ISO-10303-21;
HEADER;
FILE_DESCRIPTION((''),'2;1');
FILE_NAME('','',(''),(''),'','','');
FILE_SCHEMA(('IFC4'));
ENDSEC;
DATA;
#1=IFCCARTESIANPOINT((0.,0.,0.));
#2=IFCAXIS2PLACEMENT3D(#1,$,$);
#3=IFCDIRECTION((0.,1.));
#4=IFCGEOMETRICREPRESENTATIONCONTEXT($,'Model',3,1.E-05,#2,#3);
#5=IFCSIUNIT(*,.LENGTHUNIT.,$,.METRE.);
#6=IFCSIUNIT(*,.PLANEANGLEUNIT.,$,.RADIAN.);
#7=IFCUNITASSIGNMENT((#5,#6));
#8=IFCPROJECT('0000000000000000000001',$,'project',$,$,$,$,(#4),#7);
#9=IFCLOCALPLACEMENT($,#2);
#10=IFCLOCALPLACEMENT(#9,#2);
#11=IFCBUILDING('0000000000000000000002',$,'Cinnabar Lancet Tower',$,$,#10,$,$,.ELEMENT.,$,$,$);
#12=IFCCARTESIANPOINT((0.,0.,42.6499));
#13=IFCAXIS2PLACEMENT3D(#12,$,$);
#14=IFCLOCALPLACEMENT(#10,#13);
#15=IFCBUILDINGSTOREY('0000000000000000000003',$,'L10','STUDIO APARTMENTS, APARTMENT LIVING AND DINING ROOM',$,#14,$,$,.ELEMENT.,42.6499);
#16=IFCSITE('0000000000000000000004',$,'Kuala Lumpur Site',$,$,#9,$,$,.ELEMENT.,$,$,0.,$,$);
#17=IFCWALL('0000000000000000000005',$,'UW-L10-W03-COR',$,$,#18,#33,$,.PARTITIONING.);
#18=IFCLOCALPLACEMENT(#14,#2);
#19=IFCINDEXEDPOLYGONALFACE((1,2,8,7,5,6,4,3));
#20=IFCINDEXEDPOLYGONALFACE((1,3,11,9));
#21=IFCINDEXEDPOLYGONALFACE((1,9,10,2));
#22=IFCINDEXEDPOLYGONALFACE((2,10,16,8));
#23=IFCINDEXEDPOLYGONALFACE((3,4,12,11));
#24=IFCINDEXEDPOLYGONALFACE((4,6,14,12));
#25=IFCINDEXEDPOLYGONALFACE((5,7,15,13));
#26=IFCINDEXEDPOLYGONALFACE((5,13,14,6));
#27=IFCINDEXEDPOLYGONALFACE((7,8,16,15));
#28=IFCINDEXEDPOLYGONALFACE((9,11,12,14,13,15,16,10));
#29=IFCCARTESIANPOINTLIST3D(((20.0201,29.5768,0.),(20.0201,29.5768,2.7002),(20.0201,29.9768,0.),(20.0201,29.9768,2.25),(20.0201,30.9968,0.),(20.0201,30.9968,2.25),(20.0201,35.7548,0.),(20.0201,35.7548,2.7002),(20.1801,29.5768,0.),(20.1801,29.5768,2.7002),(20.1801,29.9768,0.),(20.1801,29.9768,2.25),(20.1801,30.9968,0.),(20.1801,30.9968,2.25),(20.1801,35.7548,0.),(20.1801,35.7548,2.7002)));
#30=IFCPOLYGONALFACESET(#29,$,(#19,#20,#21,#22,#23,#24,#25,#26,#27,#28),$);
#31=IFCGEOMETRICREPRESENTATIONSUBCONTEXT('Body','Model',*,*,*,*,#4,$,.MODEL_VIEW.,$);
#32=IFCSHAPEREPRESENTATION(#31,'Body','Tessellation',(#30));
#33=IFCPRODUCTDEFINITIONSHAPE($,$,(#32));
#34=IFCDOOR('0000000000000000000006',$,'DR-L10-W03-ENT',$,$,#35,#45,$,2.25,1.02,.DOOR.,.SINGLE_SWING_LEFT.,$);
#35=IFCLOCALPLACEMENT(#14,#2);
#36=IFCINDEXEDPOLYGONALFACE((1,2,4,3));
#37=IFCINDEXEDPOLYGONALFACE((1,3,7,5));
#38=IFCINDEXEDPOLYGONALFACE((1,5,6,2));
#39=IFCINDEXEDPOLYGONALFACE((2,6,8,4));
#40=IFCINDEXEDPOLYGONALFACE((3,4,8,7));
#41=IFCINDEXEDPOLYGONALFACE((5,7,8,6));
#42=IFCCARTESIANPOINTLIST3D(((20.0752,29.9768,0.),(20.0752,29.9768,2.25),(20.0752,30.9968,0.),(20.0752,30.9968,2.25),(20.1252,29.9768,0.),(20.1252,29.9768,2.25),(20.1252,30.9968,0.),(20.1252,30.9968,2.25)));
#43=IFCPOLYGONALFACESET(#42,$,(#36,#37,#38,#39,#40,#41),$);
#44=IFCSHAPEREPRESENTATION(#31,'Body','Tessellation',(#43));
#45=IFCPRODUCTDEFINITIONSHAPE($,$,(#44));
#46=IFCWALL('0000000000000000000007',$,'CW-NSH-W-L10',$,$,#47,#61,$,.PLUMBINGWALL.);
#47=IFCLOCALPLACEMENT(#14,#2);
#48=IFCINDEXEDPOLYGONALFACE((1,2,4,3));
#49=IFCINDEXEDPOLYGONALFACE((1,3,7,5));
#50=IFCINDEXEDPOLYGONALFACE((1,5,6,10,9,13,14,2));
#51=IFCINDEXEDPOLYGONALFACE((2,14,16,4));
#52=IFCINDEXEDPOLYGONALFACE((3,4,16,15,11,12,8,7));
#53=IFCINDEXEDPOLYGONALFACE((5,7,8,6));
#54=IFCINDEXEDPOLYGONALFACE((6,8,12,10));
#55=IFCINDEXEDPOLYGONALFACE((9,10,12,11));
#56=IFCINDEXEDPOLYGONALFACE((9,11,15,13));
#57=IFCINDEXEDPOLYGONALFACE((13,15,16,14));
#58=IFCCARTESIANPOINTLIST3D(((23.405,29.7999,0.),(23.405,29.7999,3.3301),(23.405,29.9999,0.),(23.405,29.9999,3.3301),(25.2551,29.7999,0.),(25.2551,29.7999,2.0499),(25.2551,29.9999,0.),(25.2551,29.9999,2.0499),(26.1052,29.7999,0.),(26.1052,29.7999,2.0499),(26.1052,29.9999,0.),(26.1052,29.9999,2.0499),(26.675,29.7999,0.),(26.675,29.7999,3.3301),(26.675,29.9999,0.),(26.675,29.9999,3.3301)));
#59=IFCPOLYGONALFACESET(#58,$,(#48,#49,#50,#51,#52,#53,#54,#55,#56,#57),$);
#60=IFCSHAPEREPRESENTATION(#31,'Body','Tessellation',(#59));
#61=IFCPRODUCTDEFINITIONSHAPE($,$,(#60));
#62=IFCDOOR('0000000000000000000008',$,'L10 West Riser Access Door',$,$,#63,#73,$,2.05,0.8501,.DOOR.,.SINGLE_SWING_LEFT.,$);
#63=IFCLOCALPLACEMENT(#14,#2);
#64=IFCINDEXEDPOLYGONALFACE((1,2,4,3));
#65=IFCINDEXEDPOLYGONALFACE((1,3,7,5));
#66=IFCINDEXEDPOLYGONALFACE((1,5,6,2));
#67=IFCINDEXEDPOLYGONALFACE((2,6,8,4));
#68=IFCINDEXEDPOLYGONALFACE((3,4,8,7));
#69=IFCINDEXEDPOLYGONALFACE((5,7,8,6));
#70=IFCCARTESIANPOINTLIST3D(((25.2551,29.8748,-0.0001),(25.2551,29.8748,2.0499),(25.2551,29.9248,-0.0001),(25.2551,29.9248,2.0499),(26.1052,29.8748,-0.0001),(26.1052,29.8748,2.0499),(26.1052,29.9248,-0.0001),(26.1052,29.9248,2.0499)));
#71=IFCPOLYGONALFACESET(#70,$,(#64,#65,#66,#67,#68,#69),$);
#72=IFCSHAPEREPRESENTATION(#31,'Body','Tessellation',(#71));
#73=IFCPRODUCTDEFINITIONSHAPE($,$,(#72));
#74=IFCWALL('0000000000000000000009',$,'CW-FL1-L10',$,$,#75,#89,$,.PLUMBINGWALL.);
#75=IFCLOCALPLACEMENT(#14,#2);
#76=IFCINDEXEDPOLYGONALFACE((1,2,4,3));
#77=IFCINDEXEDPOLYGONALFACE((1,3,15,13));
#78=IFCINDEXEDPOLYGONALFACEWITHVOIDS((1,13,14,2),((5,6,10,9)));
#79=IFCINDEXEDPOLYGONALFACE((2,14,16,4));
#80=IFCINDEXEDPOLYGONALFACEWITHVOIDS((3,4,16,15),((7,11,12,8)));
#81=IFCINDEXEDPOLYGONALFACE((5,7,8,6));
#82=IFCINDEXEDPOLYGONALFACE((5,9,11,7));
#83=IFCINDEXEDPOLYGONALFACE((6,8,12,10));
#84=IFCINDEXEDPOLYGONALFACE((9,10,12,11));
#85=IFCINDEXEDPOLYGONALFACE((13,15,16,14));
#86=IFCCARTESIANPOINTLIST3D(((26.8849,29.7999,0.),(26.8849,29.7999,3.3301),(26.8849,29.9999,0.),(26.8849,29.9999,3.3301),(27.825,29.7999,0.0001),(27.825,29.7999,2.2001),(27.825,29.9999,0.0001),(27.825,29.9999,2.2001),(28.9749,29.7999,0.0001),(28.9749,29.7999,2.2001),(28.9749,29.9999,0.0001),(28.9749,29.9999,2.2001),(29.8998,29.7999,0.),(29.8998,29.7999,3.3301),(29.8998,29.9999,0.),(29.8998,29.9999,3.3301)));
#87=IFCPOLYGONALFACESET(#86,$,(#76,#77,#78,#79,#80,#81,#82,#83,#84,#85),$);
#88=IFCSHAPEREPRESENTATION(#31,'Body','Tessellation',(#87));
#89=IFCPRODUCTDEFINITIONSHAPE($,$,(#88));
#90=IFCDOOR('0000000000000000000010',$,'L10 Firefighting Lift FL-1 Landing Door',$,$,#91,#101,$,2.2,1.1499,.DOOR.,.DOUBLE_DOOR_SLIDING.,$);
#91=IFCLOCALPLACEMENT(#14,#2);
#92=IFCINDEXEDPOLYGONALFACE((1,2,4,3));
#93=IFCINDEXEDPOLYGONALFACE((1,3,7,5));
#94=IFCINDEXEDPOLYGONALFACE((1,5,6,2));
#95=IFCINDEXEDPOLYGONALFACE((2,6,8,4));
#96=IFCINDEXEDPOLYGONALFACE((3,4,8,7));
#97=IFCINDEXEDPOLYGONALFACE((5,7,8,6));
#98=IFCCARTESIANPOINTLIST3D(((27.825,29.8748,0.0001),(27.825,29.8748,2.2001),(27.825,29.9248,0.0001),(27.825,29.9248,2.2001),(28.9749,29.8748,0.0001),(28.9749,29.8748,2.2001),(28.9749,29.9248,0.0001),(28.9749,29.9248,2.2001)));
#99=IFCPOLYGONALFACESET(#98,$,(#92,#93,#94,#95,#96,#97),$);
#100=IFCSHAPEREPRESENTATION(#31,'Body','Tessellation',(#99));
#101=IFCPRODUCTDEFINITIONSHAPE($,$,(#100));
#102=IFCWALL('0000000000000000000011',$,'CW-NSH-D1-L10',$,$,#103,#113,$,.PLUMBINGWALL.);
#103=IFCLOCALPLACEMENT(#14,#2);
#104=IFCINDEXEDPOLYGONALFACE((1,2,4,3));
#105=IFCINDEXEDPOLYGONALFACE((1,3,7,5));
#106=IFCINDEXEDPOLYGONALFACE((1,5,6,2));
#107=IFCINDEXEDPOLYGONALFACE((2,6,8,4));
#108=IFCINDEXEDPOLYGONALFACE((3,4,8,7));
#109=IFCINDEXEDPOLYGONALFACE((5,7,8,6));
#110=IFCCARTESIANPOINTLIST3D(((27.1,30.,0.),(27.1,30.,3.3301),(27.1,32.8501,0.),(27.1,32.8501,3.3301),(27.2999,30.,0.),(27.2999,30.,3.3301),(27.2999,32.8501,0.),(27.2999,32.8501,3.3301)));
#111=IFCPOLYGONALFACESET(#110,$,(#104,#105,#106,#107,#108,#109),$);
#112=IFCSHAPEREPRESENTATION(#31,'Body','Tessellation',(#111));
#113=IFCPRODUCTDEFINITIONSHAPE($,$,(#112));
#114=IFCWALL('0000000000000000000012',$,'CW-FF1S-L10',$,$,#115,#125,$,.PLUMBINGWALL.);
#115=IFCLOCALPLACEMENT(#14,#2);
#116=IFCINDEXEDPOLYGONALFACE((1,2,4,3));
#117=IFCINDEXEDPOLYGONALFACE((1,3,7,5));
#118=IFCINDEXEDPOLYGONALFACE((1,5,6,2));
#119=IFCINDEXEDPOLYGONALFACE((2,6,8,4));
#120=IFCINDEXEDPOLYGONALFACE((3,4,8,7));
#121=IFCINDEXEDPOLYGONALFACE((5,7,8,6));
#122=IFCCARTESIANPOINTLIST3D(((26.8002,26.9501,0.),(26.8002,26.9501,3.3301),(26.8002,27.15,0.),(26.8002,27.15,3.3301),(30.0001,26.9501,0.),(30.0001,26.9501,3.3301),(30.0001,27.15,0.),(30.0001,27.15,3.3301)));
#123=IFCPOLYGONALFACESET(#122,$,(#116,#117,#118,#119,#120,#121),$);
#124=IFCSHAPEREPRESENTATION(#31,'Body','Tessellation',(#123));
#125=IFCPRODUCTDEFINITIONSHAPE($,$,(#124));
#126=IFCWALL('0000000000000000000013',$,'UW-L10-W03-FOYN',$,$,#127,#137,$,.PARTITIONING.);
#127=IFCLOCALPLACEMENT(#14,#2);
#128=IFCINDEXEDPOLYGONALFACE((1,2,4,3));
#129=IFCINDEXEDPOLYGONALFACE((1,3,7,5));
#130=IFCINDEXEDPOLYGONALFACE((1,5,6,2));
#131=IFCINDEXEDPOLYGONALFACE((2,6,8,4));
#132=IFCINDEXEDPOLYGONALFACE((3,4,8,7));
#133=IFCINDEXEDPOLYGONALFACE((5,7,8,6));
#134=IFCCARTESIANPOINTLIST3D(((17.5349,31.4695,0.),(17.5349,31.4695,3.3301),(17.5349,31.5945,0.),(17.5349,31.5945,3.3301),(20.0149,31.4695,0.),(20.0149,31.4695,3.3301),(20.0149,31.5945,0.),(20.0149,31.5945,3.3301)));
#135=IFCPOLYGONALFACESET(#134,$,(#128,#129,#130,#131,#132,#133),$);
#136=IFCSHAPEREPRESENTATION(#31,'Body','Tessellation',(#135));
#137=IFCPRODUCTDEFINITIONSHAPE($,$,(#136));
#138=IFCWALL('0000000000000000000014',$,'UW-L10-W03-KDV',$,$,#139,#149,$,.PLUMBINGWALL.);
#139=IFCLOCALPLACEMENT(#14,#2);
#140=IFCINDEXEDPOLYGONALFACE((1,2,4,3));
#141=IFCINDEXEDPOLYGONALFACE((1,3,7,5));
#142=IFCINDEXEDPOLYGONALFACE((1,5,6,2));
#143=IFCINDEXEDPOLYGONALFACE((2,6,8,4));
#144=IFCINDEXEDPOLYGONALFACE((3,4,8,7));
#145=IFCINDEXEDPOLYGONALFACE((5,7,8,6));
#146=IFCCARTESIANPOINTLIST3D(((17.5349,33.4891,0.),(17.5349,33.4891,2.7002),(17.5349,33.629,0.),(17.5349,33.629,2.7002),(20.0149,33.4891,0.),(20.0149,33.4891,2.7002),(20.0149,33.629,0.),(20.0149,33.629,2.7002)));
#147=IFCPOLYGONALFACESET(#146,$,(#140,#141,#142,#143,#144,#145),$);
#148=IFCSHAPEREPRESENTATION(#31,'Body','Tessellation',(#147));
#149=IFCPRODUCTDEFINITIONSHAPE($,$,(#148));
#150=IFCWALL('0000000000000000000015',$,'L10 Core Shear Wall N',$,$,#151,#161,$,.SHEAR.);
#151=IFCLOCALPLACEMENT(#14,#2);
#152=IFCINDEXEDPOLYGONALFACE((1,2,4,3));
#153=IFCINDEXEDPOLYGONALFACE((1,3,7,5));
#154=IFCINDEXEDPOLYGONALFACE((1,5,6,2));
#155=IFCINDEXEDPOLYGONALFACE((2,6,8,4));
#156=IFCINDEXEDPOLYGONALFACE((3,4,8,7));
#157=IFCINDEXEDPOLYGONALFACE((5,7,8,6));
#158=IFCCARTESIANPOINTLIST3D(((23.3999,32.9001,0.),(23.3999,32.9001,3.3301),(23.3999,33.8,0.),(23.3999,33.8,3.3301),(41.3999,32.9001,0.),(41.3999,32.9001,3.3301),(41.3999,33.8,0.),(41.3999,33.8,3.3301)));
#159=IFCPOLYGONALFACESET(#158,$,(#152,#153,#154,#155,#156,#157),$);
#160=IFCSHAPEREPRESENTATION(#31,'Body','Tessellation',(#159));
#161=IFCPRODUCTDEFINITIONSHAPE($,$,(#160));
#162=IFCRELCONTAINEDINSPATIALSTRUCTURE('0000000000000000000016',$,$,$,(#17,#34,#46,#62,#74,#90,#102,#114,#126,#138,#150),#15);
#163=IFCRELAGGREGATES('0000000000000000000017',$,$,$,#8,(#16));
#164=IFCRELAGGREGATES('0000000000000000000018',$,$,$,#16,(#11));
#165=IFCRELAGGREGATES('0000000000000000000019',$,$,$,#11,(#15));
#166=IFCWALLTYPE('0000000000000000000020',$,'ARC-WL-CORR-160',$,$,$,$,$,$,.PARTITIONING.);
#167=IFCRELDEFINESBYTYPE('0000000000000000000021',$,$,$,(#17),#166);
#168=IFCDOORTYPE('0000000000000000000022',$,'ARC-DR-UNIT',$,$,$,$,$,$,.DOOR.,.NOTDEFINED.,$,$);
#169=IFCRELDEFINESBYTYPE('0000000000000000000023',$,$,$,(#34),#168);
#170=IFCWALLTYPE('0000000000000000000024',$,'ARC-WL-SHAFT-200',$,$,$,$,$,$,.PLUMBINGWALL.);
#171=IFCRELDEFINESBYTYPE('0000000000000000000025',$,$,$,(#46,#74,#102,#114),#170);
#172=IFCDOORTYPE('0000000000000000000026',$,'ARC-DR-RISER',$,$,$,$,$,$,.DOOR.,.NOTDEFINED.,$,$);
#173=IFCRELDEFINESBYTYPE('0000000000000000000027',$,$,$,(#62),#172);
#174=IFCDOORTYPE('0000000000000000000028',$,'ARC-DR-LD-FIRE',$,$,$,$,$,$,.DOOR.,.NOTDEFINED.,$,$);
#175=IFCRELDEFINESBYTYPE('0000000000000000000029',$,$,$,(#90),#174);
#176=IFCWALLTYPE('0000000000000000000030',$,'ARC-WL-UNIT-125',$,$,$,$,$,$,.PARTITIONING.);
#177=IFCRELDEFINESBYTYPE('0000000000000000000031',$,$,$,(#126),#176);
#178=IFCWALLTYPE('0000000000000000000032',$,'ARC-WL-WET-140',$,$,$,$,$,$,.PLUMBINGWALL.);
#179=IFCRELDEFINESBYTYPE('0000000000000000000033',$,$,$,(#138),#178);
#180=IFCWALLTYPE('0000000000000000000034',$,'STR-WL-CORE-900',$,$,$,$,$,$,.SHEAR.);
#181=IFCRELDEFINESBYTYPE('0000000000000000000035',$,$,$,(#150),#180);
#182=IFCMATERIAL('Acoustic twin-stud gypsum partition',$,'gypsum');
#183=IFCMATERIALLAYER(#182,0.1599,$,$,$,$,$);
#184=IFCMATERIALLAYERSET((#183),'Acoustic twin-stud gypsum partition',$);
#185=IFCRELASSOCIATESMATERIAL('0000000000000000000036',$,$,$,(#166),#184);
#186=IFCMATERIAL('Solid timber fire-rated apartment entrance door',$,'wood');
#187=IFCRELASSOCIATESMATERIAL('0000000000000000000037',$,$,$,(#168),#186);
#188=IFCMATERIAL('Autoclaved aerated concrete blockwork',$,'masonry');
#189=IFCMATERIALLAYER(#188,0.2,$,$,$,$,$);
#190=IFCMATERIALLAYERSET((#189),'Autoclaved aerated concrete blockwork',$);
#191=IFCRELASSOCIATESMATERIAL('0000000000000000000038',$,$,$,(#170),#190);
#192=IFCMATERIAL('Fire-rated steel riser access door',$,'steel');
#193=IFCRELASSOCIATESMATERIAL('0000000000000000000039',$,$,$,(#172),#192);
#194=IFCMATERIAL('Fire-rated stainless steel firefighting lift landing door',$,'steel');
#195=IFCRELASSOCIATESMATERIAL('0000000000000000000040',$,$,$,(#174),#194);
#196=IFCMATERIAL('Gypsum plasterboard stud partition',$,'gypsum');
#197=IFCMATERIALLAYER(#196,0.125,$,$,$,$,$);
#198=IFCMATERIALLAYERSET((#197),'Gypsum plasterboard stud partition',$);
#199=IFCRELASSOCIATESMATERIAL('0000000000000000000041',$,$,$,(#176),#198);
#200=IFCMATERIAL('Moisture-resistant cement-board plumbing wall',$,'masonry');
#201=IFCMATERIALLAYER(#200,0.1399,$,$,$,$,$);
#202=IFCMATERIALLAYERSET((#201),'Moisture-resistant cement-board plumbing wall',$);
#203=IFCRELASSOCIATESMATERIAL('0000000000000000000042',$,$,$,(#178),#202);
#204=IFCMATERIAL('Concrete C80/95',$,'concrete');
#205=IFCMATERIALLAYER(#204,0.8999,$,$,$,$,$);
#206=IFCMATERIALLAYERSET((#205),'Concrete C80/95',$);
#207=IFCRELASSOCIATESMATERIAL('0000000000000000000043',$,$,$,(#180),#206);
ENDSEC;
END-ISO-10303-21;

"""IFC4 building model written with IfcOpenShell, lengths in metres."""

from ifc_helpers import new_model, si_unit, direction, frame, frame_2d, origin, place, context, subcontext, project, spatial, rectangle, extrude, material, layer, layer_set, type_object, element, fill, save


model = new_model("IFC4")

# Units and contexts
model_context = context("Model", 3, precision=1e-05, world=origin(), true_north=direction((0.0, 1.0)))
body_context = subcontext(model_context, "Body", "Model", "MODEL_VIEW")
ifc_project = project(units=[si_unit("LENGTHUNIT", "METRE"), si_unit("PLANEANGLEUNIT", "RADIAN")], contexts=[model_context])

# Site, building, storey
site_placement = place(None, origin())
site = spatial("IfcSite", under=ifc_project, at=site_placement, Name="Kuala Lumpur Site", CompositionType="ELEMENT", RefElevation=0.0)
building_placement = place(site_placement, origin())
building = spatial("IfcBuilding", under=site, at=building_placement, Name="Cinnabar Lancet Tower", CompositionType="ELEMENT")
storey_placement = place(building_placement, frame((0.0, 0.0, 42.6499)))
storey = spatial("IfcBuildingStorey", under=building, at=storey_placement, Name="L10", Description="STUDIO APARTMENTS, APARTMENT LIVING AND DINING ROOM", CompositionType="ELEMENT", Elevation=42.6499)

# Walls, openings, doors
ifc_material_1 = material(Name="Acoustic twin-stud gypsum partition", Category="gypsum")
ifc_layer_1 = layer(ifc_material_1, 0.1599)
ifc_layer_set_1 = layer_set([ifc_layer_1], Name="Acoustic twin-stud gypsum partition")
wall_type_1 = type_object("IfcWallType", Name="ARC-WL-CORR-160", PredefinedType="PARTITIONING", material=ifc_layer_set_1)
wall_1_placement = place(storey_placement, frame((20.1001, 29.5769, 0.0), z_axis=(0.0, 0.0, 1.0), x_axis=(0.0, 1.0, 0.0)))
wall_1 = element("IfcWall", 1, at=wall_1_placement, inside=storey, type_object=wall_type_1, Name="UW-L10-W03-COR", PredefinedType="PARTITIONING", context=body_context, shape_type="SweptSolid", body=[
    extrude(rectangle(XDim=6.178, YDim=0.1599, at=frame_2d((3.0889, 0.0))), origin(), (0.0, 0.0, 1.0), 2.7002),
])
opening_1_placement = place(wall_1_placement, frame((0.3999, 0.0, 0.0)))
opening_1 = element("IfcOpeningElement", 2, at=opening_1_placement, cuts=wall_1, PredefinedType="OPENING", context=body_context, shape_type="SweptSolid", body=[
    extrude(rectangle(XDim=1.02, YDim=2.25, at=frame_2d((0.51, 1.125))), frame((0.0, 0.0898, 0.0), z_axis=(0.0, -1.0, 0.0), x_axis=(1.0, 0.0, 0.0)), (0.0, 0.0, 1.0), 0.1799),
])
ifc_material_2 = material(Name="Solid timber fire-rated apartment entrance door", Category="wood")
door_type_1 = type_object("IfcDoorType", Name="ARC-DR-UNIT", OperationType="NOTDEFINED", PredefinedType="DOOR", material=ifc_material_2)
door_1_placement = place(opening_1_placement, origin())
door_1 = element("IfcDoor", 3, at=door_1_placement, inside=storey, type_object=door_type_1, Name="DR-L10-W03-ENT", OperationType="SINGLE_SWING_LEFT", OverallHeight=2.25, OverallWidth=1.02, PredefinedType="DOOR", context=body_context, shape_type="SweptSolid", body=[
    extrude(rectangle(XDim=1.02, YDim=2.25, at=frame_2d((0.51, 1.125))), frame((0.0, 0.0249, 0.0), z_axis=(0.0, -1.0, 0.0), x_axis=(1.0, 0.0, 0.0)), (0.0, 0.0, 1.0), 0.05),
])
fill(opening_1, door_1)
ifc_material_3 = material(Name="Autoclaved aerated concrete blockwork", Category="masonry")
ifc_layer_2 = layer(ifc_material_3, 0.2)
ifc_layer_set_2 = layer_set([ifc_layer_2], Name="Autoclaved aerated concrete blockwork")
wall_type_2 = type_object("IfcWallType", Name="ARC-WL-SHAFT-200", PredefinedType="PLUMBINGWALL", material=ifc_layer_set_2)
wall_2_placement = place(storey_placement, frame((23.405, 29.8999, 0.0), z_axis=(0.0, 0.0, 1.0), x_axis=(1.0, 0.0, 0.0)))
wall_2 = element("IfcWall", 4, at=wall_2_placement, inside=storey, type_object=wall_type_2, Name="CW-NSH-W-L10", PredefinedType="PLUMBINGWALL", context=body_context, shape_type="SweptSolid", body=[
    extrude(rectangle(XDim=3.27, YDim=0.2, at=frame_2d((1.635, 0.0))), origin(), (0.0, 0.0, 1.0), 3.3301),
])
opening_2_placement = place(wall_2_placement, frame((1.8501, 0.0, 0.0)))
opening_2 = element("IfcOpeningElement", 5, at=opening_2_placement, cuts=wall_2, PredefinedType="OPENING", context=body_context, shape_type="SweptSolid", body=[
    extrude(rectangle(XDim=0.8501, YDim=2.05, at=frame_2d((0.425, 1.0249))), frame((0.0, 0.1099, 0.0), z_axis=(0.0, -1.0, 0.0), x_axis=(1.0, 0.0, 0.0)), (0.0, 0.0, 1.0), 0.22),
])
ifc_material_4 = material(Name="Fire-rated steel riser access door", Category="steel")
door_type_2 = type_object("IfcDoorType", Name="ARC-DR-RISER", OperationType="NOTDEFINED", PredefinedType="DOOR", material=ifc_material_4)
door_2_placement = place(opening_2_placement, origin())
door_2 = element("IfcDoor", 6, at=door_2_placement, inside=storey, type_object=door_type_2, Name="L10 West Riser Access Door", OperationType="SINGLE_SWING_LEFT", OverallHeight=2.05, OverallWidth=0.8501, PredefinedType="DOOR", context=body_context, shape_type="SweptSolid", body=[
    extrude(rectangle(XDim=0.8501, YDim=2.05, at=frame_2d((0.425, 1.0249))), frame((0.0, 0.0249, 0.0), z_axis=(0.0, -1.0, 0.0), x_axis=(1.0, 0.0, 0.0)), (0.0, 0.0, 1.0), 0.05),
])
fill(opening_2, door_2)
wall_3_placement = place(storey_placement, frame((26.885, 29.8999, 0.0), z_axis=(0.0, 0.0, 1.0), x_axis=(1.0, 0.0, 0.0)))
wall_3 = element("IfcWall", 7, at=wall_3_placement, inside=storey, type_object=wall_type_2, Name="CW-FL1-L10", PredefinedType="PLUMBINGWALL", context=body_context, shape_type="SweptSolid", body=[
    extrude(rectangle(XDim=3.0149, YDim=0.2, at=frame_2d((1.5073, 0.0))), origin(), (0.0, 0.0, 1.0), 3.3301),
])
opening_3_placement = place(wall_3_placement, frame((0.9399, 0.0, 0.0)))
opening_3 = element("IfcOpeningElement", 8, at=opening_3_placement, cuts=wall_3, PredefinedType="OPENING", context=body_context, shape_type="SweptSolid", body=[
    extrude(rectangle(XDim=1.1499, YDim=2.2, at=frame_2d((0.575, 1.1001))), frame((0.0, 0.1099, 0.0), z_axis=(0.0, -1.0, 0.0), x_axis=(1.0, 0.0, 0.0)), (0.0, 0.0, 1.0), 0.22),
])
ifc_material_5 = material(Name="Fire-rated stainless steel firefighting lift landing door", Category="steel")
door_type_3 = type_object("IfcDoorType", Name="ARC-DR-LD-FIRE", OperationType="NOTDEFINED", PredefinedType="DOOR", material=ifc_material_5)
door_3_placement = place(opening_3_placement, origin())
door_3 = element("IfcDoor", 9, at=door_3_placement, inside=storey, type_object=door_type_3, Name="L10 Firefighting Lift FL-1 Landing Door", OperationType="DOUBLE_DOOR_SLIDING", OverallHeight=2.2, OverallWidth=1.1499, PredefinedType="DOOR", context=body_context, shape_type="SweptSolid", body=[
    extrude(rectangle(XDim=1.1499, YDim=2.2, at=frame_2d((0.575, 1.1001))), frame((0.0, 0.0249, 0.0), z_axis=(0.0, -1.0, 0.0), x_axis=(1.0, 0.0, 0.0)), (0.0, 0.0, 1.0), 0.05),
])
fill(opening_3, door_3)

# Walls
wall_4_placement = place(storey_placement, frame((27.2, 30.0, 0.0), z_axis=(0.0, 0.0, 1.0), x_axis=(0.0, 1.0, 0.0)))
element("IfcWall", 10, at=wall_4_placement, inside=storey, type_object=wall_type_2, Name="CW-NSH-D1-L10", PredefinedType="PLUMBINGWALL", context=body_context, shape_type="SweptSolid", body=[
    extrude(rectangle(XDim=2.8501, YDim=0.2, at=frame_2d((1.425, 0.0))), origin(), (0.0, 0.0, 1.0), 3.3301),
])
wall_5_placement = place(storey_placement, frame((26.8, 27.05, 0.0), z_axis=(0.0, 0.0, 1.0), x_axis=(1.0, 0.0, 0.0)))
element("IfcWall", 11, at=wall_5_placement, inside=storey, type_object=wall_type_2, Name="CW-FF1S-L10", PredefinedType="PLUMBINGWALL", context=body_context, shape_type="SweptSolid", body=[
    extrude(rectangle(XDim=3.2, YDim=0.2, at=frame_2d((1.6001, 0.0))), origin(), (0.0, 0.0, 1.0), 3.3301),
])
ifc_material_6 = material(Name="Gypsum plasterboard stud partition", Category="gypsum")
ifc_layer_3 = layer(ifc_material_6, 0.125)
ifc_layer_set_3 = layer_set([ifc_layer_3], Name="Gypsum plasterboard stud partition")
wall_type_3 = type_object("IfcWallType", Name="ARC-WL-UNIT-125", PredefinedType="PARTITIONING", material=ifc_layer_set_3)
wall_6_placement = place(storey_placement, frame((17.5349, 31.532, 0.0), z_axis=(0.0, 0.0, 1.0), x_axis=(1.0, 0.0, 0.0)))
element("IfcWall", 12, at=wall_6_placement, inside=storey, type_object=wall_type_3, Name="UW-L10-W03-FOYN", PredefinedType="PARTITIONING", context=body_context, shape_type="SweptSolid", body=[
    extrude(rectangle(XDim=2.48, YDim=0.125, at=frame_2d((1.24, 0.0))), origin(), (0.0, 0.0, 1.0), 3.3301),
])
ifc_material_7 = material(Name="Moisture-resistant cement-board plumbing wall", Category="masonry")
ifc_layer_4 = layer(ifc_material_7, 0.1399)
ifc_layer_set_4 = layer_set([ifc_layer_4], Name="Moisture-resistant cement-board plumbing wall")
wall_type_4 = type_object("IfcWallType", Name="ARC-WL-WET-140", PredefinedType="PLUMBINGWALL", material=ifc_layer_set_4)
wall_7_placement = place(storey_placement, frame((17.5349, 33.5591, 0.0), z_axis=(0.0, 0.0, 1.0), x_axis=(1.0, 0.0, 0.0)))
element("IfcWall", 13, at=wall_7_placement, inside=storey, type_object=wall_type_4, Name="UW-L10-W03-KDV", PredefinedType="PLUMBINGWALL", context=body_context, shape_type="SweptSolid", body=[
    extrude(rectangle(XDim=2.48, YDim=0.1399, at=frame_2d((1.24, 0.0))), origin(), (0.0, 0.0, 1.0), 2.7002),
])
ifc_material_8 = material(Name="Concrete C80/95", Category="concrete")
ifc_layer_5 = layer(ifc_material_8, 0.8999)
ifc_layer_set_5 = layer_set([ifc_layer_5], Name="Concrete C80/95")
wall_type_5 = type_object("IfcWallType", Name="STR-WL-CORE-900", PredefinedType="SHEAR", material=ifc_layer_set_5)
wall_8_placement = place(storey_placement, frame((23.3999, 33.3501, 0.0), z_axis=(0.0, 0.0, 1.0), x_axis=(1.0, 0.0, 0.0)))
element("IfcWall", 14, at=wall_8_placement, inside=storey, type_object=wall_type_5, Name="L10 Core Shear Wall N", PredefinedType="SHEAR", context=body_context, shape_type="SweptSolid", body=[
    extrude(rectangle(XDim=18.0, YDim=0.8999, at=frame_2d((9.0, 0.0))), origin(), (0.0, 0.0, 1.0), 3.3301),
])

save(model, "model.ifc")
